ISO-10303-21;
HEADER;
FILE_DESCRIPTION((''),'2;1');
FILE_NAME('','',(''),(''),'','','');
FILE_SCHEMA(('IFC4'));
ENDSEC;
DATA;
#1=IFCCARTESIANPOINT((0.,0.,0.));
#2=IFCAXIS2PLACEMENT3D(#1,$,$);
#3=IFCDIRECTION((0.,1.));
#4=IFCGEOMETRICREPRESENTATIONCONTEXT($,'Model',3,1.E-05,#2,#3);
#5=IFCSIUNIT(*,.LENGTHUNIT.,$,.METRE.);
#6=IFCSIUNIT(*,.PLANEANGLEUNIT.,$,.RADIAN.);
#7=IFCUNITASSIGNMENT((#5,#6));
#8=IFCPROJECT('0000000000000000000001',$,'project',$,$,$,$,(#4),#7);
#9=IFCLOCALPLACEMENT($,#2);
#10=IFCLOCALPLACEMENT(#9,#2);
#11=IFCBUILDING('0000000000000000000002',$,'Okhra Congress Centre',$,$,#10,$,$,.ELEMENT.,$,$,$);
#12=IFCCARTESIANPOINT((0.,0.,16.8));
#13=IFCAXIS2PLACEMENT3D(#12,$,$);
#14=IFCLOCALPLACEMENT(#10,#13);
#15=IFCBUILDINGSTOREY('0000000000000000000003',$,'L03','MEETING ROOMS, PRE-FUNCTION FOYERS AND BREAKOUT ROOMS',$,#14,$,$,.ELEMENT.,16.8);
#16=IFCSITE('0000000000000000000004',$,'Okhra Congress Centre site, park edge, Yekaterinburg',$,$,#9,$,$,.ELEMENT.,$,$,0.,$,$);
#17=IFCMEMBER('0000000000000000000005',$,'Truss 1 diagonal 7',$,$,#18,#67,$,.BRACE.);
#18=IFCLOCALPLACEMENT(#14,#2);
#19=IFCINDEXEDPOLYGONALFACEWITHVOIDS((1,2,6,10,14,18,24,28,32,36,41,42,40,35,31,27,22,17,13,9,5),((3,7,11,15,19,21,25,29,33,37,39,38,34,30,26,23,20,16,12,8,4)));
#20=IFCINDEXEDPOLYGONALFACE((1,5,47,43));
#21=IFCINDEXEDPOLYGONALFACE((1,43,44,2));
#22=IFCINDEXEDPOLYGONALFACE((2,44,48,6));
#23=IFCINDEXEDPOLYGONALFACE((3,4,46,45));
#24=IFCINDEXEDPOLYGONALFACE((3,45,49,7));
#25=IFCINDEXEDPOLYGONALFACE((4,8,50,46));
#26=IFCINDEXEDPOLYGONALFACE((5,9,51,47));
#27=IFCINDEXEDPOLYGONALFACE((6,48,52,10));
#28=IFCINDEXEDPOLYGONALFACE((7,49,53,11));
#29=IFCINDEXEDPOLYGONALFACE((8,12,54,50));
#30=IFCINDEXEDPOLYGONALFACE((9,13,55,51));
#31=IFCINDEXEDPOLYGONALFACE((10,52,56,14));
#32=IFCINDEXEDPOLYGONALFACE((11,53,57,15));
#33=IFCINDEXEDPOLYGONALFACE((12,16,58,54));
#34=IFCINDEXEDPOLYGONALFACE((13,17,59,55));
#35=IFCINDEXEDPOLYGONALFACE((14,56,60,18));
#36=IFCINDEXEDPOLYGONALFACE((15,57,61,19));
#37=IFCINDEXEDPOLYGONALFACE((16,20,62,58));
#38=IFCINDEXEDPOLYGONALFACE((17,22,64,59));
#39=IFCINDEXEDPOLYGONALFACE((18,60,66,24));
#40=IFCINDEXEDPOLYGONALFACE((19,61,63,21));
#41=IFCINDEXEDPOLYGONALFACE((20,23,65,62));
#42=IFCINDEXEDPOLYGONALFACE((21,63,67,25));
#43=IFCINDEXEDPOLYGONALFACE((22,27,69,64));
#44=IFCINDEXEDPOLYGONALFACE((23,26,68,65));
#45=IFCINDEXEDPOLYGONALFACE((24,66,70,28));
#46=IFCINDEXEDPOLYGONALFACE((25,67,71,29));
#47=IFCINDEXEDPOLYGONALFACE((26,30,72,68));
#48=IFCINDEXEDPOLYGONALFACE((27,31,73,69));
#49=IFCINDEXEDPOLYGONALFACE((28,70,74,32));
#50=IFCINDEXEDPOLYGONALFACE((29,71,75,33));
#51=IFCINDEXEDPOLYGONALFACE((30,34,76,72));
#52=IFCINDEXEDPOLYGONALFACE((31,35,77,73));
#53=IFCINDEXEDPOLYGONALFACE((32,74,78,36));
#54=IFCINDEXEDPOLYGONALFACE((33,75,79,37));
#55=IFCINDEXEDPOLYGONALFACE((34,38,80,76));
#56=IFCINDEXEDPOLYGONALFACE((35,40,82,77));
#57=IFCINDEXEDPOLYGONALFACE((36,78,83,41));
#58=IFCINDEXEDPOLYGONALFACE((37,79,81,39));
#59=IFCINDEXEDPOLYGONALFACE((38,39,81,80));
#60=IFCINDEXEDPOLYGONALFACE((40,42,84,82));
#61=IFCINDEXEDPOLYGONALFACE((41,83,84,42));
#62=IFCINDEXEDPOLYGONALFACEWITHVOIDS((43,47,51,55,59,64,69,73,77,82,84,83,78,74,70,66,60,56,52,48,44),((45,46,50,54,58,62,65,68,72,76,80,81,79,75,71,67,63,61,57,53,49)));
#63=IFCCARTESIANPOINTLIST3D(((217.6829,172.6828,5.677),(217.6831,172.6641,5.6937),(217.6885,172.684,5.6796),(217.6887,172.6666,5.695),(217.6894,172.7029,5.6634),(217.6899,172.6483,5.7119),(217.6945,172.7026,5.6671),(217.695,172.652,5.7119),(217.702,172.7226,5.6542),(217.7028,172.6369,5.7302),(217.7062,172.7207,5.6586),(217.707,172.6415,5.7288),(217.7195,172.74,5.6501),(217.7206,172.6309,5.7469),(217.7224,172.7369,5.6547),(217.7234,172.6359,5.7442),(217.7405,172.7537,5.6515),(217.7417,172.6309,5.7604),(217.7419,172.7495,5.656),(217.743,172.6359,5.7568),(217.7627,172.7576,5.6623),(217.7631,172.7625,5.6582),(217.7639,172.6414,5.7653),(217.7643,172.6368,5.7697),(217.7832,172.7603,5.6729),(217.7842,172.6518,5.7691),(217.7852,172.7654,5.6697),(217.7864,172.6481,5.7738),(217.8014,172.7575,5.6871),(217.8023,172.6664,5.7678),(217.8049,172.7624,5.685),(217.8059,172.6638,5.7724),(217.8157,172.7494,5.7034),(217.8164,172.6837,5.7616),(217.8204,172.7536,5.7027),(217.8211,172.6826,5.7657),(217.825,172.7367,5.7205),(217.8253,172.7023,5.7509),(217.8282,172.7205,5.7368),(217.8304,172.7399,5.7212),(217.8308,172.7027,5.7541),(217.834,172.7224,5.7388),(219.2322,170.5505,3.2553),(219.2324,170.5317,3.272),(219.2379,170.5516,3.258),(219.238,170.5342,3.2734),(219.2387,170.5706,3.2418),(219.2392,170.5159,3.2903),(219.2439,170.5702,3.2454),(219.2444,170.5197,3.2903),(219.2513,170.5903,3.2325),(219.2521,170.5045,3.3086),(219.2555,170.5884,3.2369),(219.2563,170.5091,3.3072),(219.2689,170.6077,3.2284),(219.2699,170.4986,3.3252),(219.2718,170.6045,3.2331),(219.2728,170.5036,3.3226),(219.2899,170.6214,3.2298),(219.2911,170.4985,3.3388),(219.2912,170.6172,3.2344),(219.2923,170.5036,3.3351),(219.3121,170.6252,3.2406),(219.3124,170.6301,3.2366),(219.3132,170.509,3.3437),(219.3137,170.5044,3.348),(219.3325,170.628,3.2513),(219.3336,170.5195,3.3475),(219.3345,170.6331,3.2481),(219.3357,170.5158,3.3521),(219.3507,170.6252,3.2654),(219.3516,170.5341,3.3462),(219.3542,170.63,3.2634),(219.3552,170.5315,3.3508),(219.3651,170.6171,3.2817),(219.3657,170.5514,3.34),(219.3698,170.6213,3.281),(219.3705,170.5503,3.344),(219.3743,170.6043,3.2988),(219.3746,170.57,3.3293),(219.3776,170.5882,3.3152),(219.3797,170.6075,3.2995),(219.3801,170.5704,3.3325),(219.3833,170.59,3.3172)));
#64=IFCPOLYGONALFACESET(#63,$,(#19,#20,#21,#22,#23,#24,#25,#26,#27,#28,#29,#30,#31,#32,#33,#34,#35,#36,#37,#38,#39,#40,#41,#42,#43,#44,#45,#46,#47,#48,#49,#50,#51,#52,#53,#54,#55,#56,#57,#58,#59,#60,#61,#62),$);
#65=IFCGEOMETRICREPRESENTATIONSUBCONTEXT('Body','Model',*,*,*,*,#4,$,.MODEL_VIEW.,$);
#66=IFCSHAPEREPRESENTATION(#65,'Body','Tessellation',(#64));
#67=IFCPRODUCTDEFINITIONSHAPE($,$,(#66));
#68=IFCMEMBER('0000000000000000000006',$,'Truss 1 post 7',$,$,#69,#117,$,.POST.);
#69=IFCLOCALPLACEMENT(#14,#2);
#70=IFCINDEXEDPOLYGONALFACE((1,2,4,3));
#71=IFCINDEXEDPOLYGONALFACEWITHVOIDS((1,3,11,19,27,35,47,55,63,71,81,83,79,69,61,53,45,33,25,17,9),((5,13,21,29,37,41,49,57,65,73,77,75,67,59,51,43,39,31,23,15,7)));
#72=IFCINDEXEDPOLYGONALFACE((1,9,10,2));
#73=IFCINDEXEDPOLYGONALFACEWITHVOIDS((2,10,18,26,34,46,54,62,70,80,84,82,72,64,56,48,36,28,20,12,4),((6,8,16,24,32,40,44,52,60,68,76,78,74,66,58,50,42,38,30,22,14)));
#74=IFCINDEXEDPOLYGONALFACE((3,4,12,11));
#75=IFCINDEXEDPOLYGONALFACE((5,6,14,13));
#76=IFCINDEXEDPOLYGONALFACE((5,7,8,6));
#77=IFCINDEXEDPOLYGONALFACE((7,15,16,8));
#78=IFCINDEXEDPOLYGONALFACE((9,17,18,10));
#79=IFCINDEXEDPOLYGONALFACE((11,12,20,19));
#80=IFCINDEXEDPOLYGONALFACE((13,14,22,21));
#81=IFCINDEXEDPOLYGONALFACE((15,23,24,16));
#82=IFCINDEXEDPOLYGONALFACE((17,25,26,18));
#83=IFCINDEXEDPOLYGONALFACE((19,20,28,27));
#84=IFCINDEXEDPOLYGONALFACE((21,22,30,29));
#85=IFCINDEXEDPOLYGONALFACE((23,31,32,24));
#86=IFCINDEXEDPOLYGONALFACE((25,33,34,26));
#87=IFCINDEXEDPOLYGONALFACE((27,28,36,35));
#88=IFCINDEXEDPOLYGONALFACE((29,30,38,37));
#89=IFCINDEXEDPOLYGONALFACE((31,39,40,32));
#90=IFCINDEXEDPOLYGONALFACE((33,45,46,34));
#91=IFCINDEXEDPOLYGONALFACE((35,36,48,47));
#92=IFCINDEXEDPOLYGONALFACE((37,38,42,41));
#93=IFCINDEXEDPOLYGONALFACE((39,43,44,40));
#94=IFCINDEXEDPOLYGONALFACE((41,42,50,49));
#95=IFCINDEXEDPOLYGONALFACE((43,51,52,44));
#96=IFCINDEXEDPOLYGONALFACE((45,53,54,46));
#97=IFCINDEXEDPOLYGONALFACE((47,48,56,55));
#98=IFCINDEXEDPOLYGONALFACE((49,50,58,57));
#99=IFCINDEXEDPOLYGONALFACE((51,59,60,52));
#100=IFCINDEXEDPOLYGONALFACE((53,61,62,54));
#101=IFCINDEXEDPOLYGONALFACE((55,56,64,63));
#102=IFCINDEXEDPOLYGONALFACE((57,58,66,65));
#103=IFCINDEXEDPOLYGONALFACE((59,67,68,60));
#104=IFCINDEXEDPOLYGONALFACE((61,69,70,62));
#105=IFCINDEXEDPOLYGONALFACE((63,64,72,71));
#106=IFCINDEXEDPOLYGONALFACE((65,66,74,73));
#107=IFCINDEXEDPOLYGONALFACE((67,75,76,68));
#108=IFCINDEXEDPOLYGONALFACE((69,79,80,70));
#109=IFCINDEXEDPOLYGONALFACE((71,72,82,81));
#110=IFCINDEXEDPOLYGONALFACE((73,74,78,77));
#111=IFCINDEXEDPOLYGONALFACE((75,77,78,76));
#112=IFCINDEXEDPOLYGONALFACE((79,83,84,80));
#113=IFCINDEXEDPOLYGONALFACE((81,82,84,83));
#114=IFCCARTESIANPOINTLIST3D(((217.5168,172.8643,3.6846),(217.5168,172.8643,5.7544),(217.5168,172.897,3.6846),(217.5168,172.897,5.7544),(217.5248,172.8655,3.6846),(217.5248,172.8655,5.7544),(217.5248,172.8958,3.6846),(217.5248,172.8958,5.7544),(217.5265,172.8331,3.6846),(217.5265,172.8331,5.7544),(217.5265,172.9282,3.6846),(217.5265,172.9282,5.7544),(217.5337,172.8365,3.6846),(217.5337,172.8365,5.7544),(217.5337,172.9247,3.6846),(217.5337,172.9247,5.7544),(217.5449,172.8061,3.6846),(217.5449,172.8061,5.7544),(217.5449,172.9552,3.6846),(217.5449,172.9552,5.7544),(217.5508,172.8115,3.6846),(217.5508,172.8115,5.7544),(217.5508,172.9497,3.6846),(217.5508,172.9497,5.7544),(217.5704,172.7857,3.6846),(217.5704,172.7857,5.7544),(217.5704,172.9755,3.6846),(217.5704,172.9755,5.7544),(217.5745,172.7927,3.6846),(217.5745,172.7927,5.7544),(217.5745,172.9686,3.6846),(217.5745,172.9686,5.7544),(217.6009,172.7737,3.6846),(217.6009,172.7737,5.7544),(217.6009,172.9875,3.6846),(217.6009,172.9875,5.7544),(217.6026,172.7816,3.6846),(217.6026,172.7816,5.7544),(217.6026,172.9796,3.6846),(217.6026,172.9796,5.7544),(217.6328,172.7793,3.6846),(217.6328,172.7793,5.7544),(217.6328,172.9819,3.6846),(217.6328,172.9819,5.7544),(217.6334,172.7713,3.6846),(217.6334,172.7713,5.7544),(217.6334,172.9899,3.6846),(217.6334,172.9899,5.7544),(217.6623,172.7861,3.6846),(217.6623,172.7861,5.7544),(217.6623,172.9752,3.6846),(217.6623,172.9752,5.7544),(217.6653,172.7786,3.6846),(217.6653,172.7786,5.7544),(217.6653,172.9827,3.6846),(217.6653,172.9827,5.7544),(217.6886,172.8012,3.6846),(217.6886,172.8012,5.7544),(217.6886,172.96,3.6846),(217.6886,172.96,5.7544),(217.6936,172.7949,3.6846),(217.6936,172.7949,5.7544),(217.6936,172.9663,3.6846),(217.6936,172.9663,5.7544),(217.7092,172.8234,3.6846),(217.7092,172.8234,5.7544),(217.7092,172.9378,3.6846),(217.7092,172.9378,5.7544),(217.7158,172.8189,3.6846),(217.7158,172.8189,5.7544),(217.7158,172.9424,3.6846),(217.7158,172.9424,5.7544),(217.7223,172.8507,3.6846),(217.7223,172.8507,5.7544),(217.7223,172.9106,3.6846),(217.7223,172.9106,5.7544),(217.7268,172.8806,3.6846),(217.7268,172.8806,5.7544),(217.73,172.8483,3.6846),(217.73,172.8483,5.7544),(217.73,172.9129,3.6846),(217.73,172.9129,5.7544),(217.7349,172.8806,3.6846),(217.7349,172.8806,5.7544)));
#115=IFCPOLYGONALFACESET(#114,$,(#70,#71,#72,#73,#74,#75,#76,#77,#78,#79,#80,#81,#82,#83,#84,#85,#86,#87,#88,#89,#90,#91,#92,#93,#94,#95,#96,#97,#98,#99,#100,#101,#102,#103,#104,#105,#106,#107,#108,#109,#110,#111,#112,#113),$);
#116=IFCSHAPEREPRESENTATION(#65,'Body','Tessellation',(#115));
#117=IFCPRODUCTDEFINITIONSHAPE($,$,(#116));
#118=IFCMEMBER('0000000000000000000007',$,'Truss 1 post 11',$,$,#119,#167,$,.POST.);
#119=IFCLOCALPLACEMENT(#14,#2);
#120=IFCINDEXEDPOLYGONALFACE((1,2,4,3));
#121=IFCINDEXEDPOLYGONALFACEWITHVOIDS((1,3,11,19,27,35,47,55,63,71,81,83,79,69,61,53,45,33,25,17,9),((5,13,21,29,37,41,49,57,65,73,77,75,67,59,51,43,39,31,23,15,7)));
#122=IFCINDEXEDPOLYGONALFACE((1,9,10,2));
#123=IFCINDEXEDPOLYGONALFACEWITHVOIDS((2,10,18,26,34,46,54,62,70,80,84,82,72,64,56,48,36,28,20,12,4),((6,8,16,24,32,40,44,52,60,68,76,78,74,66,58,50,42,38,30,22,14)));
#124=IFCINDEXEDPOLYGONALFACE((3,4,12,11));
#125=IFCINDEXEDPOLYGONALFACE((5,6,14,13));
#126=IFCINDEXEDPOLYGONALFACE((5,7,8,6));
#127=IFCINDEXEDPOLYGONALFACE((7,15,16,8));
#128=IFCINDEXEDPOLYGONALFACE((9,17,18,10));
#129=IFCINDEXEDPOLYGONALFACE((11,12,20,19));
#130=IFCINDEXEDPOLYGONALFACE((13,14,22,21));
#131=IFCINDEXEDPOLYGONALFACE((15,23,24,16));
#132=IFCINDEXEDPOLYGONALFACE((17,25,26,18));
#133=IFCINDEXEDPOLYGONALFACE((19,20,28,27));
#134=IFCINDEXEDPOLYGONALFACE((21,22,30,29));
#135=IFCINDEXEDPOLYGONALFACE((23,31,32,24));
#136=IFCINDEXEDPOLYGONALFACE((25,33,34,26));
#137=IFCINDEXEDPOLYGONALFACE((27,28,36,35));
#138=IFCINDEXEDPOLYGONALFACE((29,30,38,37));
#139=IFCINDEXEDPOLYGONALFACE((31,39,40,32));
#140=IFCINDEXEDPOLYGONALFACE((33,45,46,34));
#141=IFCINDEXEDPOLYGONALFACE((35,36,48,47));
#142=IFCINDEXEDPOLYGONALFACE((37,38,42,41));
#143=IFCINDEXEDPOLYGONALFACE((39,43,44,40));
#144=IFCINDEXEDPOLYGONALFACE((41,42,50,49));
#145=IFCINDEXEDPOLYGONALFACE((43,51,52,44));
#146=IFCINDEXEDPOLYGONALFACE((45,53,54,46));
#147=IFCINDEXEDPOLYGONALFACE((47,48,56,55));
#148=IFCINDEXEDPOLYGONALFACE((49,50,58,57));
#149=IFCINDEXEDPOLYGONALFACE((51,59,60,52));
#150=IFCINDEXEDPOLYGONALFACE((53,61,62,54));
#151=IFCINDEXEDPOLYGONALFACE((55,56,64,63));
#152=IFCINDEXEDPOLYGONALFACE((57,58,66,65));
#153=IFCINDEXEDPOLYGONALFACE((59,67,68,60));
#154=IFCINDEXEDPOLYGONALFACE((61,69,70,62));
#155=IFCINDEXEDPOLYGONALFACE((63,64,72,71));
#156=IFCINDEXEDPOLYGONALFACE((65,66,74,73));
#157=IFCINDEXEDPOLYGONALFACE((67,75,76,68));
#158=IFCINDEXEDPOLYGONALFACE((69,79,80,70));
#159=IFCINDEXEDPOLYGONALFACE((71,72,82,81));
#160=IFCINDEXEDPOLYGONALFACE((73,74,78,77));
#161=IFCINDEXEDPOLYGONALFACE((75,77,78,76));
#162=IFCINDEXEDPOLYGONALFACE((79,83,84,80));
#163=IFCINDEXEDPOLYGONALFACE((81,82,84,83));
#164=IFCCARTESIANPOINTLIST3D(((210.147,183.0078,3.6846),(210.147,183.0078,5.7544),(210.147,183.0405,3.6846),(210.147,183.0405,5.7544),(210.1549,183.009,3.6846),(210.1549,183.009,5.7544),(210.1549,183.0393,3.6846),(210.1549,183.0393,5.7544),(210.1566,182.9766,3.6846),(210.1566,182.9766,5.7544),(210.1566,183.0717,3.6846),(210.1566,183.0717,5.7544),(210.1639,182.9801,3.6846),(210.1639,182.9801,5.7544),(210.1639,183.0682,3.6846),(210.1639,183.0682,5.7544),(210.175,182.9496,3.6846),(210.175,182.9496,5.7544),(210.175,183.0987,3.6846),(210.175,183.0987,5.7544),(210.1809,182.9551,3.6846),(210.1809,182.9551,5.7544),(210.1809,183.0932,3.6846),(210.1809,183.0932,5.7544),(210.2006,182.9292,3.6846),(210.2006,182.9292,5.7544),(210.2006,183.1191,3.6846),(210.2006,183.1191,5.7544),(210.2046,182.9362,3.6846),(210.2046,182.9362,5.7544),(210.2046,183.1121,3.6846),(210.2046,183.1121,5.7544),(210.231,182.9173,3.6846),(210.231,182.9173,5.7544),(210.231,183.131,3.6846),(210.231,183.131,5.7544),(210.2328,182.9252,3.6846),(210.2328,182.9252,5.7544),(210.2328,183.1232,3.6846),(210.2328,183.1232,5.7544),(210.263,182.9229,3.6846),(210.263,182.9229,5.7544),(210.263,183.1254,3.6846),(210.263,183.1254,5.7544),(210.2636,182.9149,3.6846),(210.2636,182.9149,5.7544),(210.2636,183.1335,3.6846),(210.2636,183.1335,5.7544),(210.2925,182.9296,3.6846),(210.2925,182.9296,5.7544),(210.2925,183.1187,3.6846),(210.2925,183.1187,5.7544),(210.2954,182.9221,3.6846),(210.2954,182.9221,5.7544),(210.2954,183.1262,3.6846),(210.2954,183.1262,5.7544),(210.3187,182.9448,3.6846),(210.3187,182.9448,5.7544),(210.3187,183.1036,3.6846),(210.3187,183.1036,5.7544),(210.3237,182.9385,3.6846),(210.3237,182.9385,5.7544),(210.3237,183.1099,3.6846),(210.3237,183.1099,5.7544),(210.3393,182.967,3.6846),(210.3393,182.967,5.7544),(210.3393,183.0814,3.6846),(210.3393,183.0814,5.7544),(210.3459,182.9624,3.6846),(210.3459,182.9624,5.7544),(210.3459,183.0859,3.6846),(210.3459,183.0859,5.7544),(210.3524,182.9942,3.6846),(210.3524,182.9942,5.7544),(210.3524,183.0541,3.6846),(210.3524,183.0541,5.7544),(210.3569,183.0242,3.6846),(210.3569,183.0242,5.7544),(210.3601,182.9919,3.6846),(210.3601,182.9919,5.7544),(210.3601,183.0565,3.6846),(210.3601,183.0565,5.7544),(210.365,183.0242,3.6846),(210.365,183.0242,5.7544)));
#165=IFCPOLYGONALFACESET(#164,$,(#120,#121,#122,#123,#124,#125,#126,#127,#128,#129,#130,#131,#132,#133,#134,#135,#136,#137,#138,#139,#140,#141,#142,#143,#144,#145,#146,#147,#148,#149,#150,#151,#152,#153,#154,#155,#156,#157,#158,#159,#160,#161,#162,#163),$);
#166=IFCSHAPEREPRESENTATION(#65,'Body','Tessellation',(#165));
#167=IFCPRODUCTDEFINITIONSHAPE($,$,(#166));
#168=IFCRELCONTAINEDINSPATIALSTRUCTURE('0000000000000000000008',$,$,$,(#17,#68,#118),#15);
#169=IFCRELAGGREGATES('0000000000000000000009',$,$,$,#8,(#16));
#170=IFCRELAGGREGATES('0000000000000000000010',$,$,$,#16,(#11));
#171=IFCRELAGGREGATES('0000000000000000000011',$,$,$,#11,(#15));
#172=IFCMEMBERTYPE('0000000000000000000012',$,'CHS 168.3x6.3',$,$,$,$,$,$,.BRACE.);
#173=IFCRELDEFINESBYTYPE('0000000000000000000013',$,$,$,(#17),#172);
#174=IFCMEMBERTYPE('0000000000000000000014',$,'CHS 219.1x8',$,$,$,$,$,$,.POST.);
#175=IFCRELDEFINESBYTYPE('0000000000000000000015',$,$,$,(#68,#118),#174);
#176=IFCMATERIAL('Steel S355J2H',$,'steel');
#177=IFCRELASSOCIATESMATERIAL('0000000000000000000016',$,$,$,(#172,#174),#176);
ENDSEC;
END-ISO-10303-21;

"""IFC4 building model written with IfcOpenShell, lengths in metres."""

from ifc_helpers import new_model, si_unit, direction, frame, origin, origin_2d, place, context, subcontext, project, spatial, hollow_circle, extrude, material, material_profile, profile_set, type_object, element, save


model = new_model("IFC4")

# Units and contexts
model_context = context("Model", 3, precision=1e-05, world=origin(), true_north=direction((0.0, 1.0)))
body_context = subcontext(model_context, "Body", "Model", "MODEL_VIEW")
ifc_project = project(units=[si_unit("LENGTHUNIT", "METRE"), si_unit("PLANEANGLEUNIT", "RADIAN")], contexts=[model_context])

# Site, building, storey
site_placement = place(None, origin())
site = spatial("IfcSite", under=ifc_project, at=site_placement, Name="Okhra Congress Centre site, park edge, Yekaterinburg", CompositionType="ELEMENT", RefElevation=0.0)
building_placement = place(site_placement, origin())
building = spatial("IfcBuilding", under=site, at=building_placement, Name="Okhra Congress Centre", CompositionType="ELEMENT")
storey_placement = place(building_placement, frame((0.0, 0.0, 16.8)))
storey = spatial("IfcBuildingStorey", under=building, at=storey_placement, Name="L03", Description="MEETING ROOMS, PRE-FUNCTION FOYERS AND BREAKOUT ROOMS", CompositionType="ELEMENT", Elevation=16.8)

# Members
ifc_material_1 = material(Name="Steel S355J2H", Category="steel")
ifc_material_profile_1 = material_profile(ifc_material_1, hollow_circle(Radius=0.0842, WallThickness=0.0063, at=origin_2d()), Name="CHS 168.3x6.3")
ifc_profile_set_1 = profile_set([ifc_material_profile_1], Name="Steel S355J2H")
member_type_1 = type_object("IfcMemberType", Name="CHS 168.3x6.3", PredefinedType="BRACE", material=ifc_profile_set_1)
member_1_placement = place(storey_placement, frame((219.3074, 170.5654, 3.2903), z_axis=(-0.432853, 0.595736, 0.676563), x_axis=(-0.809, -0.587808, 0.0)))
element("IfcMember", 1, at=member_1_placement, inside=storey, type_object=member_type_1, Name="Truss 1 diagonal 7", PredefinedType="BRACE", context=body_context, shape_type="SweptSolid", body=[
    extrude(hollow_circle(Radius=0.0842, WallThickness=0.0063, at=origin_2d()), origin(), (0.0, 0.0, 1.0), 3.5793),
])
ifc_material_profile_2 = material_profile(ifc_material_1, hollow_circle(Radius=0.1096, WallThickness=0.0081, at=origin_2d()), Name="CHS 219.1x8")
ifc_profile_set_2 = profile_set([ifc_material_profile_2], Name="Steel S355J2H")
member_type_2 = type_object("IfcMemberType", Name="CHS 219.1x8", PredefinedType="POST", material=ifc_profile_set_2)
for number, where, z_axis, x_axis, name in (
    (2, (217.6252, 172.8806, 3.6846), (0.0, 0.0, 1.0), (1.0, 0.0, 0.0), "Truss 1 post 7"),
    (3, (210.2554, 183.0242, 3.6846), (0.0, 0.0, 1.0), (1.0, 0.0, 0.0), "Truss 1 post 11"),
):
    element("IfcMember", number, at=place(storey_placement, frame(where, z_axis=z_axis, x_axis=x_axis)), inside=storey, type_object=member_type_2, Name=name, PredefinedType="POST", context=body_context, shape_type="SweptSolid", body=[
        extrude(hollow_circle(Radius=0.1096, WallThickness=0.0081, at=origin_2d()), origin(), (0.0, 0.0, 1.0), 2.0698),
    ])

save(model, "model.ifc")
